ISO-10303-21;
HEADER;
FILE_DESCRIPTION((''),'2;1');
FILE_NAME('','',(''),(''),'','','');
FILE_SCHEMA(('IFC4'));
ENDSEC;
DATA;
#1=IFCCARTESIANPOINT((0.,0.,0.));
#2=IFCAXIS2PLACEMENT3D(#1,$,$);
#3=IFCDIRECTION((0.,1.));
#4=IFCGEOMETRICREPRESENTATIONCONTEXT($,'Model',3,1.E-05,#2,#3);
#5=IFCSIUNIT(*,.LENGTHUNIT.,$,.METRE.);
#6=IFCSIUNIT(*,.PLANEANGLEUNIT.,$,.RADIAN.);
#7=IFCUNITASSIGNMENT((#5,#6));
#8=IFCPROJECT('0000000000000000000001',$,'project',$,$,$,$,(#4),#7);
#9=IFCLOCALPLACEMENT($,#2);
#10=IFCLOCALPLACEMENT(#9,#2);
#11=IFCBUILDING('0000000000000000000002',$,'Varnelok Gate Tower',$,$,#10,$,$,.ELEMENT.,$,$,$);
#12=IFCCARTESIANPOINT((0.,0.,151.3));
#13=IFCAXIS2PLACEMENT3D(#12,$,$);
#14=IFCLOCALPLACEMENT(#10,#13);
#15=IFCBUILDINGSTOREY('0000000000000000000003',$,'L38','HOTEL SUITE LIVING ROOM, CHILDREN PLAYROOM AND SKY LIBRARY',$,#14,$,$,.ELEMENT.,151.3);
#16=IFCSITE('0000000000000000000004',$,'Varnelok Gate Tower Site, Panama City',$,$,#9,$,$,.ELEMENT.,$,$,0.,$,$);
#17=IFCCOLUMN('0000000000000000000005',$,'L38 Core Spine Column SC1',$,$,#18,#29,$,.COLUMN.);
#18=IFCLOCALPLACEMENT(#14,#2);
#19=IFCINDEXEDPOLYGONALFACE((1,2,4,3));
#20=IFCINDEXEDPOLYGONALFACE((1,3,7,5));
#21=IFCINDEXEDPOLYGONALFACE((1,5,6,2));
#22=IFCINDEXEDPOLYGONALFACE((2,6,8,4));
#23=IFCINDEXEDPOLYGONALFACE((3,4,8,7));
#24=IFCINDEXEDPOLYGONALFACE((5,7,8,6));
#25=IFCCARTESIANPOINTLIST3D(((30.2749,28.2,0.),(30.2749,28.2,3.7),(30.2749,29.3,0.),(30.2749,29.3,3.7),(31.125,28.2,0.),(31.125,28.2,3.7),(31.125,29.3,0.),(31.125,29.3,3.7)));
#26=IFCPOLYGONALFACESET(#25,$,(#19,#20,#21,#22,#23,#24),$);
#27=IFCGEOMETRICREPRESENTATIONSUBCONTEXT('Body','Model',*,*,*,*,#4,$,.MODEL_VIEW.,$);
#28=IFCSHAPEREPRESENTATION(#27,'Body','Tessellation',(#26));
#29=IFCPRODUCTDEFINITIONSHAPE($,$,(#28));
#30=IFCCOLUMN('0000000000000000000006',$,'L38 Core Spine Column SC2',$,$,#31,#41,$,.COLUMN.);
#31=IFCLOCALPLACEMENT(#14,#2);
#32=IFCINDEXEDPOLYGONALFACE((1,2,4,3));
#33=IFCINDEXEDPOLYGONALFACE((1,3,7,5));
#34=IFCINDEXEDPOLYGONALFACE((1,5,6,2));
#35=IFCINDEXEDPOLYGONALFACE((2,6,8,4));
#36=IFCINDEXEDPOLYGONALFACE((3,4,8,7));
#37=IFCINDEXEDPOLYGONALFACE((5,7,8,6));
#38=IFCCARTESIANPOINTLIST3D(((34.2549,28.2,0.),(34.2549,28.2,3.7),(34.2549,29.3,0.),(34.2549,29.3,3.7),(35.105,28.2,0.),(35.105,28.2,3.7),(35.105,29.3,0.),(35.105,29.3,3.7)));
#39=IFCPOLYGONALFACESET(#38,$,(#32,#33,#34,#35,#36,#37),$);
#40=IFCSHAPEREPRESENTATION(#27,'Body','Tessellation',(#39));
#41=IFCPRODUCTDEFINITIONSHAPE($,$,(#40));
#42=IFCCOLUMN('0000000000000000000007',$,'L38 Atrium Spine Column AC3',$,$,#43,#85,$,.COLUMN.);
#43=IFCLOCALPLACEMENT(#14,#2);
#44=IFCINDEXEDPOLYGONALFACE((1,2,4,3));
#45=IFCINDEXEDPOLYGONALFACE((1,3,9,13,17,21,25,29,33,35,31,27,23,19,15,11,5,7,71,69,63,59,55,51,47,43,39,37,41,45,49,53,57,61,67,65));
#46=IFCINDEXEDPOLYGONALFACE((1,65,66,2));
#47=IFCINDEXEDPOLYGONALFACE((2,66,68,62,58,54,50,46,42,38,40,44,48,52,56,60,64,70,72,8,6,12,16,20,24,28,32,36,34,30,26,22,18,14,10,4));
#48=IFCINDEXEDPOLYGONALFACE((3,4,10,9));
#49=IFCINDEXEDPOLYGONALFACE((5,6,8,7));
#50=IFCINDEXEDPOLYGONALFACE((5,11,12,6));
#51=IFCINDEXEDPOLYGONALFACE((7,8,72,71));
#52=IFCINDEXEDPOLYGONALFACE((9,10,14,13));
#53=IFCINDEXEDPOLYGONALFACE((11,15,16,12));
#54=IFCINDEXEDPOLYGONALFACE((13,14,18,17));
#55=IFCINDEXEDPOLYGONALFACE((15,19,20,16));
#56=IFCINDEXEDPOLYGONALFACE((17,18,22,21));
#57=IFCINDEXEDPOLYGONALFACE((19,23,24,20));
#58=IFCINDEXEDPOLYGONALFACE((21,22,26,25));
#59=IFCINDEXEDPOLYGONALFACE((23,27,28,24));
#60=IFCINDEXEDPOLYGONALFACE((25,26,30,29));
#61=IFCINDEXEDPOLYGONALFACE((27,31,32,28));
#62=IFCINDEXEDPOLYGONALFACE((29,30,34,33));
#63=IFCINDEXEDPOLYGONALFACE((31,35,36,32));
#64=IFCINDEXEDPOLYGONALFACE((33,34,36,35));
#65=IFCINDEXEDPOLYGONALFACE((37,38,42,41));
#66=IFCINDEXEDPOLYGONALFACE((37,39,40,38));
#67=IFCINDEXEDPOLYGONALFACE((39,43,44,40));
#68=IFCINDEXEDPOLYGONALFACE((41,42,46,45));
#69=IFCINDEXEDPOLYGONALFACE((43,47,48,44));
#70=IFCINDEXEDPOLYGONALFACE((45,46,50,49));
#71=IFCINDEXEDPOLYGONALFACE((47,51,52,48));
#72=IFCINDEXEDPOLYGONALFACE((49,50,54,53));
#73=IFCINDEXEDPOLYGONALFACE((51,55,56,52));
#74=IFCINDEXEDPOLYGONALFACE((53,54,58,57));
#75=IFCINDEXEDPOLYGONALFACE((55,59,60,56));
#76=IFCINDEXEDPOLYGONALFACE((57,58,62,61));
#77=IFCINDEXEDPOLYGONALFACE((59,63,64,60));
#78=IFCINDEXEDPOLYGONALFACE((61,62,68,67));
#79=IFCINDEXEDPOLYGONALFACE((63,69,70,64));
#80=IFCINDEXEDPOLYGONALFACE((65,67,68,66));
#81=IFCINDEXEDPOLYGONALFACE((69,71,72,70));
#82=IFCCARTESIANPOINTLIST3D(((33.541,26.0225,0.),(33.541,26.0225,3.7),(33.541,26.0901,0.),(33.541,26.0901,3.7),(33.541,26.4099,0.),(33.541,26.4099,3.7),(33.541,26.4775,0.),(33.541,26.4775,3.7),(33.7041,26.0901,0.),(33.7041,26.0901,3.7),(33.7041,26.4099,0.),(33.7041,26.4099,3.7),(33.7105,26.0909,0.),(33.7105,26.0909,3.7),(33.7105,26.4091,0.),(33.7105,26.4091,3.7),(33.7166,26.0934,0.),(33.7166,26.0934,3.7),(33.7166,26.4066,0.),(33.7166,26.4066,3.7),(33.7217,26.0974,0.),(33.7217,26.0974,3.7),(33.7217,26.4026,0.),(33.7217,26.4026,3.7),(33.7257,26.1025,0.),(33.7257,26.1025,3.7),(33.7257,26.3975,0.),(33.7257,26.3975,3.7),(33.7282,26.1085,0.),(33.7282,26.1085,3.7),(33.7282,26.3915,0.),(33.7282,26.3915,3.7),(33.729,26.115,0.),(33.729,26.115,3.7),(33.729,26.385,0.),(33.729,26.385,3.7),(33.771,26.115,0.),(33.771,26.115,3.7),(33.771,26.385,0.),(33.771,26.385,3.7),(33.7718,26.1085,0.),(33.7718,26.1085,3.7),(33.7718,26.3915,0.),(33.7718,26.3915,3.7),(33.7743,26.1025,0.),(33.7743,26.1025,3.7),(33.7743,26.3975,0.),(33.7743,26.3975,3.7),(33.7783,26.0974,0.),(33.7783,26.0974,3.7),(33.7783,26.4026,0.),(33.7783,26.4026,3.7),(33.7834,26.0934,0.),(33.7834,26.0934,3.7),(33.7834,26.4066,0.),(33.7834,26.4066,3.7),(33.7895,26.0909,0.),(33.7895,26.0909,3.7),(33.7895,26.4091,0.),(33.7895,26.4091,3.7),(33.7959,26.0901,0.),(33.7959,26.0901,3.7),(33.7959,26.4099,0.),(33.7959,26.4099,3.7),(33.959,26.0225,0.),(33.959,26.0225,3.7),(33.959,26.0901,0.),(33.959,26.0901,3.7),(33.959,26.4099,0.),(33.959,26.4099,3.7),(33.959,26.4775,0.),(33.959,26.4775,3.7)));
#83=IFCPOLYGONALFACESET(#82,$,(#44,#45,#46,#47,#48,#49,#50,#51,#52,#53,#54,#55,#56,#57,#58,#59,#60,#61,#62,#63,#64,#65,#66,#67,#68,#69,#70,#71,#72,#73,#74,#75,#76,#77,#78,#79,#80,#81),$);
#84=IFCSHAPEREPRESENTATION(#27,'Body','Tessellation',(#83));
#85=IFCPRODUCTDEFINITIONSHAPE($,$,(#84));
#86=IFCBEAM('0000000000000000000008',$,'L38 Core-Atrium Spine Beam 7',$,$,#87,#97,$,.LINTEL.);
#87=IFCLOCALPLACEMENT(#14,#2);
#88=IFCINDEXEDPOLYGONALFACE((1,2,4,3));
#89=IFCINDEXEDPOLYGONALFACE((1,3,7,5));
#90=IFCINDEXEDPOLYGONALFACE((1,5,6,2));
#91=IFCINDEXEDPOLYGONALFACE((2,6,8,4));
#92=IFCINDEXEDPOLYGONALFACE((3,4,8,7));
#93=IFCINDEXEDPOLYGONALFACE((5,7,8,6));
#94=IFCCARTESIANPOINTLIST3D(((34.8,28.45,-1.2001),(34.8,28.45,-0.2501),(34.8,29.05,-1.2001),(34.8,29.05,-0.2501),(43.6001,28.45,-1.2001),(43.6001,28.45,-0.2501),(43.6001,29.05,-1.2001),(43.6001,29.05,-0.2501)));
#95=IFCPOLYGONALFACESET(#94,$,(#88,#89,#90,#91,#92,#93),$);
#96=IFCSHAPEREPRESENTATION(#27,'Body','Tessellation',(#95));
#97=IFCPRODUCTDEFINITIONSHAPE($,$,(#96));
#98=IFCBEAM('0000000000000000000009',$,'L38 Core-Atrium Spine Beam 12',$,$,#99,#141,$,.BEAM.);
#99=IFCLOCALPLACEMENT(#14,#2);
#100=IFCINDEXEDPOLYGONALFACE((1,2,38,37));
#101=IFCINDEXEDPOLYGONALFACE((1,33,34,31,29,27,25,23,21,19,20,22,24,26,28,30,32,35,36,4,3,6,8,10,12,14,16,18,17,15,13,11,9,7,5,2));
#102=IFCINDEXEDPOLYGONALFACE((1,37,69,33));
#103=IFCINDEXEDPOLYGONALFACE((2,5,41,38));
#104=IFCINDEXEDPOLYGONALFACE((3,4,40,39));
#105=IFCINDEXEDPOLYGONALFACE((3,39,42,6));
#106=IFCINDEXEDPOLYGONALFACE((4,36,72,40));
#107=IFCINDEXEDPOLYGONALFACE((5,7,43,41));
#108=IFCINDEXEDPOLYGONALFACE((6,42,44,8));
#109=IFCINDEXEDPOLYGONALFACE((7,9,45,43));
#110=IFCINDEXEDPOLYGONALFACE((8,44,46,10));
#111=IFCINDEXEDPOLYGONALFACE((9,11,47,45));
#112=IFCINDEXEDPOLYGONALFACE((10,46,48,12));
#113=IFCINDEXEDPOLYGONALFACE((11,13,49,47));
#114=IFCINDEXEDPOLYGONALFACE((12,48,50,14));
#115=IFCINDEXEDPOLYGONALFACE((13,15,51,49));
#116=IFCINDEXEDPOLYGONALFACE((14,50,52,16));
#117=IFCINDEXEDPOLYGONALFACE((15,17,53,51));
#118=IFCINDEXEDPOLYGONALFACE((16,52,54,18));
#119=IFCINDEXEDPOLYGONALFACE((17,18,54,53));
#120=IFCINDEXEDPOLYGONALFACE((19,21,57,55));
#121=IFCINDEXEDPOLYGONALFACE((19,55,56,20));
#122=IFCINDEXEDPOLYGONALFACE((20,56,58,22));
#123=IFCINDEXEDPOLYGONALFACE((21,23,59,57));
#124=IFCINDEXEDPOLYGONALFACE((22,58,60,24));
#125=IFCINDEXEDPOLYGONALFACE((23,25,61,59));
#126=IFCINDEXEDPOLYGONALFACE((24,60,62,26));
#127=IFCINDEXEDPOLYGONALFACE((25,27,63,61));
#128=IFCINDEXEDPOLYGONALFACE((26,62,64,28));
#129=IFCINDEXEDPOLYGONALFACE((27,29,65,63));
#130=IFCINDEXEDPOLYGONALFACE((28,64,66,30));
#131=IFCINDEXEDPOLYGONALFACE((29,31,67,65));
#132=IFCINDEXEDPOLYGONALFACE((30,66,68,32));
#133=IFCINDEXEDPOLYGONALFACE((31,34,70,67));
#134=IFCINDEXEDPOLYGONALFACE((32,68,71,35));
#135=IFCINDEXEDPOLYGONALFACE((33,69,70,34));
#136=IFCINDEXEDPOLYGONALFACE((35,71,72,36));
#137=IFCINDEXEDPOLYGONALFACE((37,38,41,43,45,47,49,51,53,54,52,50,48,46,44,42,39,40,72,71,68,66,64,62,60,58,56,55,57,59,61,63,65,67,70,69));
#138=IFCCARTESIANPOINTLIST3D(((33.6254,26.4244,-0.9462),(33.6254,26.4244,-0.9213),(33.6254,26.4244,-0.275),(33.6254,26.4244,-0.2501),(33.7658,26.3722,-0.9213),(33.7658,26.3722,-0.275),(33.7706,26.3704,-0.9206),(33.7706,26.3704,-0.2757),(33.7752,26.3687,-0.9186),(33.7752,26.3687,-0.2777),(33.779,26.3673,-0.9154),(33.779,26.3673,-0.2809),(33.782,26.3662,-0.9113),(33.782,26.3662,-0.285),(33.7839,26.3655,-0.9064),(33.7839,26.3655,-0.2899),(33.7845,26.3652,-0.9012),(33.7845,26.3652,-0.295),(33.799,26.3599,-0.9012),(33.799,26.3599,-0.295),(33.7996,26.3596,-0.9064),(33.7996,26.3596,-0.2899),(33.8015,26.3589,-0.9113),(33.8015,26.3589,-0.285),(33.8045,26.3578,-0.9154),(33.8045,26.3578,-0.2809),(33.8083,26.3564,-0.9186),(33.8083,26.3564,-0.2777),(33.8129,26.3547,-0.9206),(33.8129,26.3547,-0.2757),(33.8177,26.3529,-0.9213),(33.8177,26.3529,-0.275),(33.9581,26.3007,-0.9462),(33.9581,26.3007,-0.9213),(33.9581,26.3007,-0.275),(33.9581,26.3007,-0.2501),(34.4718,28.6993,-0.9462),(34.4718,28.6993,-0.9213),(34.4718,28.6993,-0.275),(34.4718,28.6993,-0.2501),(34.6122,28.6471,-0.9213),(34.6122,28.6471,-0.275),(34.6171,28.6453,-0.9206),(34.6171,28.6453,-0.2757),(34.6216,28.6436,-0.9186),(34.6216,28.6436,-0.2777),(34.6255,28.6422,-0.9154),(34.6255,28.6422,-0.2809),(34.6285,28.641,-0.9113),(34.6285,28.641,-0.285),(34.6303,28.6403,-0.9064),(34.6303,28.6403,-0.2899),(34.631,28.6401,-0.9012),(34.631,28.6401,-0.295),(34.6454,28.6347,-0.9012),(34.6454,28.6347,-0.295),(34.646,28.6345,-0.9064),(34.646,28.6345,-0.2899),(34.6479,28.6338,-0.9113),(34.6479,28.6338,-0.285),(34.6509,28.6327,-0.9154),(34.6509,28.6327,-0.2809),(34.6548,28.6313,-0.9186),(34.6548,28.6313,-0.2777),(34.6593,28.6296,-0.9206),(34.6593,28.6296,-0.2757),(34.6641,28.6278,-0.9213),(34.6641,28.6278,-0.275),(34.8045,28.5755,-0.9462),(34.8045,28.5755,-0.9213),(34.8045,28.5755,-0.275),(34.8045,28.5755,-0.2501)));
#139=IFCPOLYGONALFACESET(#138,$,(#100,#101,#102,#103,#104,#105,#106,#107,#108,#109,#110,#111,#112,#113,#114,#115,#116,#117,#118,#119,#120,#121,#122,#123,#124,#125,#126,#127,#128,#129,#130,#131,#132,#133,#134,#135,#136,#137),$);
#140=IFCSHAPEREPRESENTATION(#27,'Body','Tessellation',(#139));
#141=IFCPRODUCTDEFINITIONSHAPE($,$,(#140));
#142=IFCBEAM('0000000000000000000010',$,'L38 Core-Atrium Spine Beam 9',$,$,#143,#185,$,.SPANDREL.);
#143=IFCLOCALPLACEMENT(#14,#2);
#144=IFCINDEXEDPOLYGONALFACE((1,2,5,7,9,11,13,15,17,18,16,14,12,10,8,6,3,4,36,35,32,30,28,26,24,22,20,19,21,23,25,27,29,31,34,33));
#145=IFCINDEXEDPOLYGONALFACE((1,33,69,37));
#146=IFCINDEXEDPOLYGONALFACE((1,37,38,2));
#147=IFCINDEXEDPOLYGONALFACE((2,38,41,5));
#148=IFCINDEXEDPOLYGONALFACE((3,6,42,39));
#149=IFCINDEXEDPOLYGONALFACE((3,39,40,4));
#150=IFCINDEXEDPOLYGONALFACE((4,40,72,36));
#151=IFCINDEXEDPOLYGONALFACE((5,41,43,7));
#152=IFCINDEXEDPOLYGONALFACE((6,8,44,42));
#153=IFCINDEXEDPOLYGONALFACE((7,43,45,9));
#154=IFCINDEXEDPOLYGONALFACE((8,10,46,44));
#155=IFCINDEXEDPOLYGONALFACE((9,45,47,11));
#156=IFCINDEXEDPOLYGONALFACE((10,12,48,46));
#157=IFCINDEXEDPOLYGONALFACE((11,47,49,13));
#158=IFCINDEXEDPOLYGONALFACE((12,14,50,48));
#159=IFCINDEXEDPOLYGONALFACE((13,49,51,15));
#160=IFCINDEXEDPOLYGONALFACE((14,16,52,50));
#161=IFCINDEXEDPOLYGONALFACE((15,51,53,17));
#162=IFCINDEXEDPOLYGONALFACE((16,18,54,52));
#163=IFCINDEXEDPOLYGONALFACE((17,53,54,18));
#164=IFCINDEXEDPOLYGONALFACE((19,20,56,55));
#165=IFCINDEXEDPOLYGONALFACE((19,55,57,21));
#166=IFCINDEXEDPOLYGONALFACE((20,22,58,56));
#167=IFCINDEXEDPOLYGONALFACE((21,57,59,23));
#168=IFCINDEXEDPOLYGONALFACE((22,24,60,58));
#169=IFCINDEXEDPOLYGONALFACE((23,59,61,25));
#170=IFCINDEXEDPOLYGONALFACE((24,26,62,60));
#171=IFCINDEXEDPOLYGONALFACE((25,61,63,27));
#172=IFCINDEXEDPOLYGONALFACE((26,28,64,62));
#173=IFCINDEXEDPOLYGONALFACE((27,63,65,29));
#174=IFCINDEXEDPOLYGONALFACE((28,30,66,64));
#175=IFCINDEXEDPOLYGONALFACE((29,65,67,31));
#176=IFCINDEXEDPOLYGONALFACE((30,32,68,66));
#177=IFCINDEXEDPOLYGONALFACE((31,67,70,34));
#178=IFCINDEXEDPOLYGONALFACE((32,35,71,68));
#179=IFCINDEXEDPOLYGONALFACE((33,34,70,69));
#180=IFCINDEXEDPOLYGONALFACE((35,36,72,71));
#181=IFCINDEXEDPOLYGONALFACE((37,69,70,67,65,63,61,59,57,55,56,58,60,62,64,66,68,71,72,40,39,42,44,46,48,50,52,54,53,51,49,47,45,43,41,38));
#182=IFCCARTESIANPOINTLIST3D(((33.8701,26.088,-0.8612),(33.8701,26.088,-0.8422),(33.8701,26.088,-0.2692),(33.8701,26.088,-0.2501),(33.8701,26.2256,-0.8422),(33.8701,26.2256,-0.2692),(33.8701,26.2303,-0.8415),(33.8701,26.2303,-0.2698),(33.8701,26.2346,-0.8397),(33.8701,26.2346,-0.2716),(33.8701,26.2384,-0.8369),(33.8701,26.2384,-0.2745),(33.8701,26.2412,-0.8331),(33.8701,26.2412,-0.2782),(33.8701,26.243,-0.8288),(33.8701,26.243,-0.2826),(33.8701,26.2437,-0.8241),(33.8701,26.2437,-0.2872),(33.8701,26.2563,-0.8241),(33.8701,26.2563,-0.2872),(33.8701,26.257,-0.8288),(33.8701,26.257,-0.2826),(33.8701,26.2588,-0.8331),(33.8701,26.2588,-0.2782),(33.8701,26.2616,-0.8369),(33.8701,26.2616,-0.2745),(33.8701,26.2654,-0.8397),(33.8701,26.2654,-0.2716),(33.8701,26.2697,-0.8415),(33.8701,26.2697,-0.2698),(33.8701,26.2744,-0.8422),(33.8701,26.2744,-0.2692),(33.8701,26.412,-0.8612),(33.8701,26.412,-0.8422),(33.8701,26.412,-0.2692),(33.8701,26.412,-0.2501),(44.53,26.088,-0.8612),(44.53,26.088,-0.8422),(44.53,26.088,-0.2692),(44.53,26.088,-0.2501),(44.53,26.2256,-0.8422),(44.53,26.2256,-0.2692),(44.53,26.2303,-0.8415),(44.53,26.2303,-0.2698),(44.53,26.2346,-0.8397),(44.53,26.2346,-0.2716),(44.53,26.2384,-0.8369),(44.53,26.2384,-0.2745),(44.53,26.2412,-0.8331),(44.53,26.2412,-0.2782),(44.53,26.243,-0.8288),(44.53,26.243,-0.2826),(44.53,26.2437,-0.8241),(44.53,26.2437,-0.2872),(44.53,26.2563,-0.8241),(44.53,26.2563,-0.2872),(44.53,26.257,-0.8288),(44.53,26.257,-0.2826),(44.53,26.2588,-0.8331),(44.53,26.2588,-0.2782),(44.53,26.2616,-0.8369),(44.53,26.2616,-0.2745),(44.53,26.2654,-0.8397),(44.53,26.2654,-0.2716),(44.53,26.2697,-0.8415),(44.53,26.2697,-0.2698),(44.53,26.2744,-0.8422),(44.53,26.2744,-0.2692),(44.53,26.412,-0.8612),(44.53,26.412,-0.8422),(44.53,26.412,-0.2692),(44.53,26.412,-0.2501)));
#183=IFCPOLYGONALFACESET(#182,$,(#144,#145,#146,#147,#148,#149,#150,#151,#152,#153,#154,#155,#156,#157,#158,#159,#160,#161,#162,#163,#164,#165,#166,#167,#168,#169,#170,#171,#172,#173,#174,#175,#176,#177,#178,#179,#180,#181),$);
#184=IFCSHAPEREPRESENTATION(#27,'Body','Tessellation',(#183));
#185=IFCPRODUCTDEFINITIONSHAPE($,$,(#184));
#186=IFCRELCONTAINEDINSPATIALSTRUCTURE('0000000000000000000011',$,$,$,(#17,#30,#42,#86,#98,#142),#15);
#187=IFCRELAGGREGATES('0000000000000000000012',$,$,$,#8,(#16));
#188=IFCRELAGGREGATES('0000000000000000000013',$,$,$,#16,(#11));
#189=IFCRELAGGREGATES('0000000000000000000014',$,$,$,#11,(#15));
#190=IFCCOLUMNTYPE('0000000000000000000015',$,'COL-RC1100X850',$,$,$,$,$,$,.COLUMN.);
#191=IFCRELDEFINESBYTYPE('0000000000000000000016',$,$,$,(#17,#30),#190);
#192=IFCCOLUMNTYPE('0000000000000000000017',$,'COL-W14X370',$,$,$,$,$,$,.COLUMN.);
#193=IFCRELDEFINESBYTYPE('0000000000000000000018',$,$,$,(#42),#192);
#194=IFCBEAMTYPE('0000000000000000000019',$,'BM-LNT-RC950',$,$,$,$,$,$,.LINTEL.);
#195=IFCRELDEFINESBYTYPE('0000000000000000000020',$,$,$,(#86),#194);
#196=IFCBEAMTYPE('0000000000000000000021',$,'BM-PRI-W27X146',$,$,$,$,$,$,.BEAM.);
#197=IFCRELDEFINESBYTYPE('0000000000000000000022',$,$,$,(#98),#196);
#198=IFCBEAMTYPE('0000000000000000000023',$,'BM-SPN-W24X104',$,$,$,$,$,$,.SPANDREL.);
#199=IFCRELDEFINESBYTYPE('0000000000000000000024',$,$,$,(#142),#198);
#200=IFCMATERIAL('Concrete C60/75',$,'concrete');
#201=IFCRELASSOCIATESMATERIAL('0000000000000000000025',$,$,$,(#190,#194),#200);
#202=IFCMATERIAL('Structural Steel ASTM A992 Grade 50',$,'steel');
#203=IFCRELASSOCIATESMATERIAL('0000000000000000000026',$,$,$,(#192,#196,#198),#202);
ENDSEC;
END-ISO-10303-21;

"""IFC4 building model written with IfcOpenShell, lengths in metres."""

from ifc_helpers import new_model, si_unit, direction, frame, origin, origin_2d, place, context, subcontext, project, spatial, rectangle, i_section, extrude, material, material_profile, profile_set, type_object, element, save


model = new_model("IFC4")

# Units and contexts
model_context = context("Model", 3, precision=1e-05, world=origin(), true_north=direction((0.0, 1.0)))
body_context = subcontext(model_context, "Body", "Model", "MODEL_VIEW")
ifc_project = project(units=[si_unit("LENGTHUNIT", "METRE"), si_unit("PLANEANGLEUNIT", "RADIAN")], contexts=[model_context])

# Site, building, storey
site_placement = place(None, origin())
site = spatial("IfcSite", under=ifc_project, at=site_placement, Name="Varnelok Gate Tower Site, Panama City", CompositionType="ELEMENT", RefElevation=0.0)
building_placement = place(site_placement, origin())
building = spatial("IfcBuilding", under=site, at=building_placement, Name="Varnelok Gate Tower", CompositionType="ELEMENT")
storey_placement = place(building_placement, frame((0.0, 0.0, 151.3)))
storey = spatial("IfcBuildingStorey", under=building, at=storey_placement, Name="L38", Description="HOTEL SUITE LIVING ROOM, CHILDREN PLAYROOM AND SKY LIBRARY", CompositionType="ELEMENT", Elevation=151.3)

# Columns
ifc_material_1 = material(Name="Concrete C60/75", Category="concrete")
ifc_material_profile_1 = material_profile(ifc_material_1, rectangle(XDim=0.8501, YDim=1.1001, at=origin_2d()), Name="RC1100X850")
ifc_profile_set_1 = profile_set([ifc_material_profile_1], Name="Concrete C60/75")
column_type_1 = type_object("IfcColumnType", Name="COL-RC1100X850", PredefinedType="COLUMN", material=ifc_profile_set_1)
for number, where, z_axis, x_axis, name in (
    (1, (30.7, 28.75, 0.0), (0.0, 0.0, 1.0), (1.0, 0.0, 0.0), "L38 Core Spine Column SC1"),
    (2, (34.6799, 28.75, 0.0), (0.0, 0.0, 1.0), (1.0, 0.0, 0.0), "L38 Core Spine Column SC2"),
):
    element("IfcColumn", number, at=place(storey_placement, frame(where, z_axis=z_axis, x_axis=x_axis)), inside=storey, type_object=column_type_1, Name=name, PredefinedType="COLUMN", context=body_context, shape_type="SweptSolid", body=[
        extrude(rectangle(XDim=0.8501, YDim=1.1001, at=origin_2d()), origin(), (0.0, 0.0, 1.0), 3.7),
    ])
ifc_material_2 = material(Name="Structural Steel ASTM A992 Grade 50", Category="steel")
ifc_material_profile_2 = material_profile(ifc_material_2, i_section(OverallWidth=0.418, OverallDepth=0.4551, WebThickness=0.042, FlangeThickness=0.0676, FilletRadius=0.0249, at=origin_2d()), Name="W14X370")
ifc_profile_set_2 = profile_set([ifc_material_profile_2], Name="Structural Steel ASTM A992 Grade 50")
column_type_2 = type_object("IfcColumnType", Name="COL-W14X370", PredefinedType="COLUMN", material=ifc_profile_set_2)
column_placement = place(storey_placement, frame((33.75, 26.25, 0.0), z_axis=(0.0, 0.0, 1.0), x_axis=(1.0, 0.0, 0.0)))
element("IfcColumn", 3, at=column_placement, inside=storey, type_object=column_type_2, Name="L38 Atrium Spine Column AC3", PredefinedType="COLUMN", context=body_context, shape_type="SweptSolid", body=[
    extrude(i_section(OverallWidth=0.418, OverallDepth=0.4551, WebThickness=0.042, FlangeThickness=0.0676, FilletRadius=0.0249, at=origin_2d()), origin(), (0.0, 0.0, 1.0), 3.7),
])

# Beams
ifc_material_profile_3 = material_profile(ifc_material_1, rectangle(XDim=0.6001, YDim=0.95, at=origin_2d()), Name="RC950X600")
ifc_profile_set_3 = profile_set([ifc_material_profile_3], Name="Concrete C60/75")
beam_type_1 = type_object("IfcBeamType", Name="BM-LNT-RC950", PredefinedType="LINTEL", material=ifc_profile_set_3)
beam_1_placement = place(storey_placement, frame((34.8, 28.75, -0.7251), z_axis=(1.0, 0.0, 0.0), x_axis=(0.0, 1.0, 0.0)))
element("IfcBeam", 4, at=beam_1_placement, inside=storey, type_object=beam_type_1, Name="L38 Core-Atrium Spine Beam 7", PredefinedType="LINTEL", context=body_context, shape_type="SweptSolid", body=[
    extrude(rectangle(XDim=0.6001, YDim=0.95, at=origin_2d()), origin(), (0.0, 0.0, 1.0), 8.8),
])
ifc_material_profile_4 = material_profile(ifc_material_2, i_section(OverallWidth=0.355, OverallDepth=0.696, WebThickness=0.0154, FlangeThickness=0.0249, FilletRadius=0.02, at=origin_2d()), Name="W27X146")
ifc_profile_set_4 = profile_set([ifc_material_profile_4], Name="Structural Steel ASTM A992 Grade 50")
beam_type_2 = type_object("IfcBeamType", Name="BM-PRI-W27X146", PredefinedType="BEAM", material=ifc_profile_set_4)
beam_2_placement = place(storey_placement, frame((33.7917, 26.3625, -0.5981), z_axis=(0.348719, 0.937227, 0.0), x_axis=(-0.937227, 0.348719, 0.0)))
element("IfcBeam", 5, at=beam_2_placement, inside=storey, type_object=beam_type_2, Name="L38 Core-Atrium Spine Beam 12", PredefinedType="BEAM", context=body_context, shape_type="SweptSolid", body=[
    extrude(i_section(OverallWidth=0.355, OverallDepth=0.696, WebThickness=0.0154, FlangeThickness=0.0249, FilletRadius=0.02, at=origin_2d()), origin(), (0.0, 0.0, 1.0), 2.4272),
])
ifc_material_profile_5 = material_profile(ifc_material_2, i_section(OverallWidth=0.324, OverallDepth=0.6111, WebThickness=0.0127, FlangeThickness=0.019, FilletRadius=0.0181, at=origin_2d()), Name="W24X104")
ifc_profile_set_5 = profile_set([ifc_material_profile_5], Name="Structural Steel ASTM A992 Grade 50")
beam_type_3 = type_object("IfcBeamType", Name="BM-SPN-W24X104", PredefinedType="SPANDREL", material=ifc_profile_set_5)
beam_3_placement = place(storey_placement, frame((33.8701, 26.25, -0.5557), z_axis=(1.0, 0.0, 0.0), x_axis=(0.0, 1.0, 0.0)))
element("IfcBeam", 6, at=beam_3_placement, inside=storey, type_object=beam_type_3, Name="L38 Core-Atrium Spine Beam 9", PredefinedType="SPANDREL", context=body_context, shape_type="SweptSolid", body=[
    extrude(i_section(OverallWidth=0.324, OverallDepth=0.6111, WebThickness=0.0127, FlangeThickness=0.019, FilletRadius=0.0181, at=origin_2d()), origin(), (0.0, 0.0, 1.0), 10.6599),
])

save(model, "model.ifc")
